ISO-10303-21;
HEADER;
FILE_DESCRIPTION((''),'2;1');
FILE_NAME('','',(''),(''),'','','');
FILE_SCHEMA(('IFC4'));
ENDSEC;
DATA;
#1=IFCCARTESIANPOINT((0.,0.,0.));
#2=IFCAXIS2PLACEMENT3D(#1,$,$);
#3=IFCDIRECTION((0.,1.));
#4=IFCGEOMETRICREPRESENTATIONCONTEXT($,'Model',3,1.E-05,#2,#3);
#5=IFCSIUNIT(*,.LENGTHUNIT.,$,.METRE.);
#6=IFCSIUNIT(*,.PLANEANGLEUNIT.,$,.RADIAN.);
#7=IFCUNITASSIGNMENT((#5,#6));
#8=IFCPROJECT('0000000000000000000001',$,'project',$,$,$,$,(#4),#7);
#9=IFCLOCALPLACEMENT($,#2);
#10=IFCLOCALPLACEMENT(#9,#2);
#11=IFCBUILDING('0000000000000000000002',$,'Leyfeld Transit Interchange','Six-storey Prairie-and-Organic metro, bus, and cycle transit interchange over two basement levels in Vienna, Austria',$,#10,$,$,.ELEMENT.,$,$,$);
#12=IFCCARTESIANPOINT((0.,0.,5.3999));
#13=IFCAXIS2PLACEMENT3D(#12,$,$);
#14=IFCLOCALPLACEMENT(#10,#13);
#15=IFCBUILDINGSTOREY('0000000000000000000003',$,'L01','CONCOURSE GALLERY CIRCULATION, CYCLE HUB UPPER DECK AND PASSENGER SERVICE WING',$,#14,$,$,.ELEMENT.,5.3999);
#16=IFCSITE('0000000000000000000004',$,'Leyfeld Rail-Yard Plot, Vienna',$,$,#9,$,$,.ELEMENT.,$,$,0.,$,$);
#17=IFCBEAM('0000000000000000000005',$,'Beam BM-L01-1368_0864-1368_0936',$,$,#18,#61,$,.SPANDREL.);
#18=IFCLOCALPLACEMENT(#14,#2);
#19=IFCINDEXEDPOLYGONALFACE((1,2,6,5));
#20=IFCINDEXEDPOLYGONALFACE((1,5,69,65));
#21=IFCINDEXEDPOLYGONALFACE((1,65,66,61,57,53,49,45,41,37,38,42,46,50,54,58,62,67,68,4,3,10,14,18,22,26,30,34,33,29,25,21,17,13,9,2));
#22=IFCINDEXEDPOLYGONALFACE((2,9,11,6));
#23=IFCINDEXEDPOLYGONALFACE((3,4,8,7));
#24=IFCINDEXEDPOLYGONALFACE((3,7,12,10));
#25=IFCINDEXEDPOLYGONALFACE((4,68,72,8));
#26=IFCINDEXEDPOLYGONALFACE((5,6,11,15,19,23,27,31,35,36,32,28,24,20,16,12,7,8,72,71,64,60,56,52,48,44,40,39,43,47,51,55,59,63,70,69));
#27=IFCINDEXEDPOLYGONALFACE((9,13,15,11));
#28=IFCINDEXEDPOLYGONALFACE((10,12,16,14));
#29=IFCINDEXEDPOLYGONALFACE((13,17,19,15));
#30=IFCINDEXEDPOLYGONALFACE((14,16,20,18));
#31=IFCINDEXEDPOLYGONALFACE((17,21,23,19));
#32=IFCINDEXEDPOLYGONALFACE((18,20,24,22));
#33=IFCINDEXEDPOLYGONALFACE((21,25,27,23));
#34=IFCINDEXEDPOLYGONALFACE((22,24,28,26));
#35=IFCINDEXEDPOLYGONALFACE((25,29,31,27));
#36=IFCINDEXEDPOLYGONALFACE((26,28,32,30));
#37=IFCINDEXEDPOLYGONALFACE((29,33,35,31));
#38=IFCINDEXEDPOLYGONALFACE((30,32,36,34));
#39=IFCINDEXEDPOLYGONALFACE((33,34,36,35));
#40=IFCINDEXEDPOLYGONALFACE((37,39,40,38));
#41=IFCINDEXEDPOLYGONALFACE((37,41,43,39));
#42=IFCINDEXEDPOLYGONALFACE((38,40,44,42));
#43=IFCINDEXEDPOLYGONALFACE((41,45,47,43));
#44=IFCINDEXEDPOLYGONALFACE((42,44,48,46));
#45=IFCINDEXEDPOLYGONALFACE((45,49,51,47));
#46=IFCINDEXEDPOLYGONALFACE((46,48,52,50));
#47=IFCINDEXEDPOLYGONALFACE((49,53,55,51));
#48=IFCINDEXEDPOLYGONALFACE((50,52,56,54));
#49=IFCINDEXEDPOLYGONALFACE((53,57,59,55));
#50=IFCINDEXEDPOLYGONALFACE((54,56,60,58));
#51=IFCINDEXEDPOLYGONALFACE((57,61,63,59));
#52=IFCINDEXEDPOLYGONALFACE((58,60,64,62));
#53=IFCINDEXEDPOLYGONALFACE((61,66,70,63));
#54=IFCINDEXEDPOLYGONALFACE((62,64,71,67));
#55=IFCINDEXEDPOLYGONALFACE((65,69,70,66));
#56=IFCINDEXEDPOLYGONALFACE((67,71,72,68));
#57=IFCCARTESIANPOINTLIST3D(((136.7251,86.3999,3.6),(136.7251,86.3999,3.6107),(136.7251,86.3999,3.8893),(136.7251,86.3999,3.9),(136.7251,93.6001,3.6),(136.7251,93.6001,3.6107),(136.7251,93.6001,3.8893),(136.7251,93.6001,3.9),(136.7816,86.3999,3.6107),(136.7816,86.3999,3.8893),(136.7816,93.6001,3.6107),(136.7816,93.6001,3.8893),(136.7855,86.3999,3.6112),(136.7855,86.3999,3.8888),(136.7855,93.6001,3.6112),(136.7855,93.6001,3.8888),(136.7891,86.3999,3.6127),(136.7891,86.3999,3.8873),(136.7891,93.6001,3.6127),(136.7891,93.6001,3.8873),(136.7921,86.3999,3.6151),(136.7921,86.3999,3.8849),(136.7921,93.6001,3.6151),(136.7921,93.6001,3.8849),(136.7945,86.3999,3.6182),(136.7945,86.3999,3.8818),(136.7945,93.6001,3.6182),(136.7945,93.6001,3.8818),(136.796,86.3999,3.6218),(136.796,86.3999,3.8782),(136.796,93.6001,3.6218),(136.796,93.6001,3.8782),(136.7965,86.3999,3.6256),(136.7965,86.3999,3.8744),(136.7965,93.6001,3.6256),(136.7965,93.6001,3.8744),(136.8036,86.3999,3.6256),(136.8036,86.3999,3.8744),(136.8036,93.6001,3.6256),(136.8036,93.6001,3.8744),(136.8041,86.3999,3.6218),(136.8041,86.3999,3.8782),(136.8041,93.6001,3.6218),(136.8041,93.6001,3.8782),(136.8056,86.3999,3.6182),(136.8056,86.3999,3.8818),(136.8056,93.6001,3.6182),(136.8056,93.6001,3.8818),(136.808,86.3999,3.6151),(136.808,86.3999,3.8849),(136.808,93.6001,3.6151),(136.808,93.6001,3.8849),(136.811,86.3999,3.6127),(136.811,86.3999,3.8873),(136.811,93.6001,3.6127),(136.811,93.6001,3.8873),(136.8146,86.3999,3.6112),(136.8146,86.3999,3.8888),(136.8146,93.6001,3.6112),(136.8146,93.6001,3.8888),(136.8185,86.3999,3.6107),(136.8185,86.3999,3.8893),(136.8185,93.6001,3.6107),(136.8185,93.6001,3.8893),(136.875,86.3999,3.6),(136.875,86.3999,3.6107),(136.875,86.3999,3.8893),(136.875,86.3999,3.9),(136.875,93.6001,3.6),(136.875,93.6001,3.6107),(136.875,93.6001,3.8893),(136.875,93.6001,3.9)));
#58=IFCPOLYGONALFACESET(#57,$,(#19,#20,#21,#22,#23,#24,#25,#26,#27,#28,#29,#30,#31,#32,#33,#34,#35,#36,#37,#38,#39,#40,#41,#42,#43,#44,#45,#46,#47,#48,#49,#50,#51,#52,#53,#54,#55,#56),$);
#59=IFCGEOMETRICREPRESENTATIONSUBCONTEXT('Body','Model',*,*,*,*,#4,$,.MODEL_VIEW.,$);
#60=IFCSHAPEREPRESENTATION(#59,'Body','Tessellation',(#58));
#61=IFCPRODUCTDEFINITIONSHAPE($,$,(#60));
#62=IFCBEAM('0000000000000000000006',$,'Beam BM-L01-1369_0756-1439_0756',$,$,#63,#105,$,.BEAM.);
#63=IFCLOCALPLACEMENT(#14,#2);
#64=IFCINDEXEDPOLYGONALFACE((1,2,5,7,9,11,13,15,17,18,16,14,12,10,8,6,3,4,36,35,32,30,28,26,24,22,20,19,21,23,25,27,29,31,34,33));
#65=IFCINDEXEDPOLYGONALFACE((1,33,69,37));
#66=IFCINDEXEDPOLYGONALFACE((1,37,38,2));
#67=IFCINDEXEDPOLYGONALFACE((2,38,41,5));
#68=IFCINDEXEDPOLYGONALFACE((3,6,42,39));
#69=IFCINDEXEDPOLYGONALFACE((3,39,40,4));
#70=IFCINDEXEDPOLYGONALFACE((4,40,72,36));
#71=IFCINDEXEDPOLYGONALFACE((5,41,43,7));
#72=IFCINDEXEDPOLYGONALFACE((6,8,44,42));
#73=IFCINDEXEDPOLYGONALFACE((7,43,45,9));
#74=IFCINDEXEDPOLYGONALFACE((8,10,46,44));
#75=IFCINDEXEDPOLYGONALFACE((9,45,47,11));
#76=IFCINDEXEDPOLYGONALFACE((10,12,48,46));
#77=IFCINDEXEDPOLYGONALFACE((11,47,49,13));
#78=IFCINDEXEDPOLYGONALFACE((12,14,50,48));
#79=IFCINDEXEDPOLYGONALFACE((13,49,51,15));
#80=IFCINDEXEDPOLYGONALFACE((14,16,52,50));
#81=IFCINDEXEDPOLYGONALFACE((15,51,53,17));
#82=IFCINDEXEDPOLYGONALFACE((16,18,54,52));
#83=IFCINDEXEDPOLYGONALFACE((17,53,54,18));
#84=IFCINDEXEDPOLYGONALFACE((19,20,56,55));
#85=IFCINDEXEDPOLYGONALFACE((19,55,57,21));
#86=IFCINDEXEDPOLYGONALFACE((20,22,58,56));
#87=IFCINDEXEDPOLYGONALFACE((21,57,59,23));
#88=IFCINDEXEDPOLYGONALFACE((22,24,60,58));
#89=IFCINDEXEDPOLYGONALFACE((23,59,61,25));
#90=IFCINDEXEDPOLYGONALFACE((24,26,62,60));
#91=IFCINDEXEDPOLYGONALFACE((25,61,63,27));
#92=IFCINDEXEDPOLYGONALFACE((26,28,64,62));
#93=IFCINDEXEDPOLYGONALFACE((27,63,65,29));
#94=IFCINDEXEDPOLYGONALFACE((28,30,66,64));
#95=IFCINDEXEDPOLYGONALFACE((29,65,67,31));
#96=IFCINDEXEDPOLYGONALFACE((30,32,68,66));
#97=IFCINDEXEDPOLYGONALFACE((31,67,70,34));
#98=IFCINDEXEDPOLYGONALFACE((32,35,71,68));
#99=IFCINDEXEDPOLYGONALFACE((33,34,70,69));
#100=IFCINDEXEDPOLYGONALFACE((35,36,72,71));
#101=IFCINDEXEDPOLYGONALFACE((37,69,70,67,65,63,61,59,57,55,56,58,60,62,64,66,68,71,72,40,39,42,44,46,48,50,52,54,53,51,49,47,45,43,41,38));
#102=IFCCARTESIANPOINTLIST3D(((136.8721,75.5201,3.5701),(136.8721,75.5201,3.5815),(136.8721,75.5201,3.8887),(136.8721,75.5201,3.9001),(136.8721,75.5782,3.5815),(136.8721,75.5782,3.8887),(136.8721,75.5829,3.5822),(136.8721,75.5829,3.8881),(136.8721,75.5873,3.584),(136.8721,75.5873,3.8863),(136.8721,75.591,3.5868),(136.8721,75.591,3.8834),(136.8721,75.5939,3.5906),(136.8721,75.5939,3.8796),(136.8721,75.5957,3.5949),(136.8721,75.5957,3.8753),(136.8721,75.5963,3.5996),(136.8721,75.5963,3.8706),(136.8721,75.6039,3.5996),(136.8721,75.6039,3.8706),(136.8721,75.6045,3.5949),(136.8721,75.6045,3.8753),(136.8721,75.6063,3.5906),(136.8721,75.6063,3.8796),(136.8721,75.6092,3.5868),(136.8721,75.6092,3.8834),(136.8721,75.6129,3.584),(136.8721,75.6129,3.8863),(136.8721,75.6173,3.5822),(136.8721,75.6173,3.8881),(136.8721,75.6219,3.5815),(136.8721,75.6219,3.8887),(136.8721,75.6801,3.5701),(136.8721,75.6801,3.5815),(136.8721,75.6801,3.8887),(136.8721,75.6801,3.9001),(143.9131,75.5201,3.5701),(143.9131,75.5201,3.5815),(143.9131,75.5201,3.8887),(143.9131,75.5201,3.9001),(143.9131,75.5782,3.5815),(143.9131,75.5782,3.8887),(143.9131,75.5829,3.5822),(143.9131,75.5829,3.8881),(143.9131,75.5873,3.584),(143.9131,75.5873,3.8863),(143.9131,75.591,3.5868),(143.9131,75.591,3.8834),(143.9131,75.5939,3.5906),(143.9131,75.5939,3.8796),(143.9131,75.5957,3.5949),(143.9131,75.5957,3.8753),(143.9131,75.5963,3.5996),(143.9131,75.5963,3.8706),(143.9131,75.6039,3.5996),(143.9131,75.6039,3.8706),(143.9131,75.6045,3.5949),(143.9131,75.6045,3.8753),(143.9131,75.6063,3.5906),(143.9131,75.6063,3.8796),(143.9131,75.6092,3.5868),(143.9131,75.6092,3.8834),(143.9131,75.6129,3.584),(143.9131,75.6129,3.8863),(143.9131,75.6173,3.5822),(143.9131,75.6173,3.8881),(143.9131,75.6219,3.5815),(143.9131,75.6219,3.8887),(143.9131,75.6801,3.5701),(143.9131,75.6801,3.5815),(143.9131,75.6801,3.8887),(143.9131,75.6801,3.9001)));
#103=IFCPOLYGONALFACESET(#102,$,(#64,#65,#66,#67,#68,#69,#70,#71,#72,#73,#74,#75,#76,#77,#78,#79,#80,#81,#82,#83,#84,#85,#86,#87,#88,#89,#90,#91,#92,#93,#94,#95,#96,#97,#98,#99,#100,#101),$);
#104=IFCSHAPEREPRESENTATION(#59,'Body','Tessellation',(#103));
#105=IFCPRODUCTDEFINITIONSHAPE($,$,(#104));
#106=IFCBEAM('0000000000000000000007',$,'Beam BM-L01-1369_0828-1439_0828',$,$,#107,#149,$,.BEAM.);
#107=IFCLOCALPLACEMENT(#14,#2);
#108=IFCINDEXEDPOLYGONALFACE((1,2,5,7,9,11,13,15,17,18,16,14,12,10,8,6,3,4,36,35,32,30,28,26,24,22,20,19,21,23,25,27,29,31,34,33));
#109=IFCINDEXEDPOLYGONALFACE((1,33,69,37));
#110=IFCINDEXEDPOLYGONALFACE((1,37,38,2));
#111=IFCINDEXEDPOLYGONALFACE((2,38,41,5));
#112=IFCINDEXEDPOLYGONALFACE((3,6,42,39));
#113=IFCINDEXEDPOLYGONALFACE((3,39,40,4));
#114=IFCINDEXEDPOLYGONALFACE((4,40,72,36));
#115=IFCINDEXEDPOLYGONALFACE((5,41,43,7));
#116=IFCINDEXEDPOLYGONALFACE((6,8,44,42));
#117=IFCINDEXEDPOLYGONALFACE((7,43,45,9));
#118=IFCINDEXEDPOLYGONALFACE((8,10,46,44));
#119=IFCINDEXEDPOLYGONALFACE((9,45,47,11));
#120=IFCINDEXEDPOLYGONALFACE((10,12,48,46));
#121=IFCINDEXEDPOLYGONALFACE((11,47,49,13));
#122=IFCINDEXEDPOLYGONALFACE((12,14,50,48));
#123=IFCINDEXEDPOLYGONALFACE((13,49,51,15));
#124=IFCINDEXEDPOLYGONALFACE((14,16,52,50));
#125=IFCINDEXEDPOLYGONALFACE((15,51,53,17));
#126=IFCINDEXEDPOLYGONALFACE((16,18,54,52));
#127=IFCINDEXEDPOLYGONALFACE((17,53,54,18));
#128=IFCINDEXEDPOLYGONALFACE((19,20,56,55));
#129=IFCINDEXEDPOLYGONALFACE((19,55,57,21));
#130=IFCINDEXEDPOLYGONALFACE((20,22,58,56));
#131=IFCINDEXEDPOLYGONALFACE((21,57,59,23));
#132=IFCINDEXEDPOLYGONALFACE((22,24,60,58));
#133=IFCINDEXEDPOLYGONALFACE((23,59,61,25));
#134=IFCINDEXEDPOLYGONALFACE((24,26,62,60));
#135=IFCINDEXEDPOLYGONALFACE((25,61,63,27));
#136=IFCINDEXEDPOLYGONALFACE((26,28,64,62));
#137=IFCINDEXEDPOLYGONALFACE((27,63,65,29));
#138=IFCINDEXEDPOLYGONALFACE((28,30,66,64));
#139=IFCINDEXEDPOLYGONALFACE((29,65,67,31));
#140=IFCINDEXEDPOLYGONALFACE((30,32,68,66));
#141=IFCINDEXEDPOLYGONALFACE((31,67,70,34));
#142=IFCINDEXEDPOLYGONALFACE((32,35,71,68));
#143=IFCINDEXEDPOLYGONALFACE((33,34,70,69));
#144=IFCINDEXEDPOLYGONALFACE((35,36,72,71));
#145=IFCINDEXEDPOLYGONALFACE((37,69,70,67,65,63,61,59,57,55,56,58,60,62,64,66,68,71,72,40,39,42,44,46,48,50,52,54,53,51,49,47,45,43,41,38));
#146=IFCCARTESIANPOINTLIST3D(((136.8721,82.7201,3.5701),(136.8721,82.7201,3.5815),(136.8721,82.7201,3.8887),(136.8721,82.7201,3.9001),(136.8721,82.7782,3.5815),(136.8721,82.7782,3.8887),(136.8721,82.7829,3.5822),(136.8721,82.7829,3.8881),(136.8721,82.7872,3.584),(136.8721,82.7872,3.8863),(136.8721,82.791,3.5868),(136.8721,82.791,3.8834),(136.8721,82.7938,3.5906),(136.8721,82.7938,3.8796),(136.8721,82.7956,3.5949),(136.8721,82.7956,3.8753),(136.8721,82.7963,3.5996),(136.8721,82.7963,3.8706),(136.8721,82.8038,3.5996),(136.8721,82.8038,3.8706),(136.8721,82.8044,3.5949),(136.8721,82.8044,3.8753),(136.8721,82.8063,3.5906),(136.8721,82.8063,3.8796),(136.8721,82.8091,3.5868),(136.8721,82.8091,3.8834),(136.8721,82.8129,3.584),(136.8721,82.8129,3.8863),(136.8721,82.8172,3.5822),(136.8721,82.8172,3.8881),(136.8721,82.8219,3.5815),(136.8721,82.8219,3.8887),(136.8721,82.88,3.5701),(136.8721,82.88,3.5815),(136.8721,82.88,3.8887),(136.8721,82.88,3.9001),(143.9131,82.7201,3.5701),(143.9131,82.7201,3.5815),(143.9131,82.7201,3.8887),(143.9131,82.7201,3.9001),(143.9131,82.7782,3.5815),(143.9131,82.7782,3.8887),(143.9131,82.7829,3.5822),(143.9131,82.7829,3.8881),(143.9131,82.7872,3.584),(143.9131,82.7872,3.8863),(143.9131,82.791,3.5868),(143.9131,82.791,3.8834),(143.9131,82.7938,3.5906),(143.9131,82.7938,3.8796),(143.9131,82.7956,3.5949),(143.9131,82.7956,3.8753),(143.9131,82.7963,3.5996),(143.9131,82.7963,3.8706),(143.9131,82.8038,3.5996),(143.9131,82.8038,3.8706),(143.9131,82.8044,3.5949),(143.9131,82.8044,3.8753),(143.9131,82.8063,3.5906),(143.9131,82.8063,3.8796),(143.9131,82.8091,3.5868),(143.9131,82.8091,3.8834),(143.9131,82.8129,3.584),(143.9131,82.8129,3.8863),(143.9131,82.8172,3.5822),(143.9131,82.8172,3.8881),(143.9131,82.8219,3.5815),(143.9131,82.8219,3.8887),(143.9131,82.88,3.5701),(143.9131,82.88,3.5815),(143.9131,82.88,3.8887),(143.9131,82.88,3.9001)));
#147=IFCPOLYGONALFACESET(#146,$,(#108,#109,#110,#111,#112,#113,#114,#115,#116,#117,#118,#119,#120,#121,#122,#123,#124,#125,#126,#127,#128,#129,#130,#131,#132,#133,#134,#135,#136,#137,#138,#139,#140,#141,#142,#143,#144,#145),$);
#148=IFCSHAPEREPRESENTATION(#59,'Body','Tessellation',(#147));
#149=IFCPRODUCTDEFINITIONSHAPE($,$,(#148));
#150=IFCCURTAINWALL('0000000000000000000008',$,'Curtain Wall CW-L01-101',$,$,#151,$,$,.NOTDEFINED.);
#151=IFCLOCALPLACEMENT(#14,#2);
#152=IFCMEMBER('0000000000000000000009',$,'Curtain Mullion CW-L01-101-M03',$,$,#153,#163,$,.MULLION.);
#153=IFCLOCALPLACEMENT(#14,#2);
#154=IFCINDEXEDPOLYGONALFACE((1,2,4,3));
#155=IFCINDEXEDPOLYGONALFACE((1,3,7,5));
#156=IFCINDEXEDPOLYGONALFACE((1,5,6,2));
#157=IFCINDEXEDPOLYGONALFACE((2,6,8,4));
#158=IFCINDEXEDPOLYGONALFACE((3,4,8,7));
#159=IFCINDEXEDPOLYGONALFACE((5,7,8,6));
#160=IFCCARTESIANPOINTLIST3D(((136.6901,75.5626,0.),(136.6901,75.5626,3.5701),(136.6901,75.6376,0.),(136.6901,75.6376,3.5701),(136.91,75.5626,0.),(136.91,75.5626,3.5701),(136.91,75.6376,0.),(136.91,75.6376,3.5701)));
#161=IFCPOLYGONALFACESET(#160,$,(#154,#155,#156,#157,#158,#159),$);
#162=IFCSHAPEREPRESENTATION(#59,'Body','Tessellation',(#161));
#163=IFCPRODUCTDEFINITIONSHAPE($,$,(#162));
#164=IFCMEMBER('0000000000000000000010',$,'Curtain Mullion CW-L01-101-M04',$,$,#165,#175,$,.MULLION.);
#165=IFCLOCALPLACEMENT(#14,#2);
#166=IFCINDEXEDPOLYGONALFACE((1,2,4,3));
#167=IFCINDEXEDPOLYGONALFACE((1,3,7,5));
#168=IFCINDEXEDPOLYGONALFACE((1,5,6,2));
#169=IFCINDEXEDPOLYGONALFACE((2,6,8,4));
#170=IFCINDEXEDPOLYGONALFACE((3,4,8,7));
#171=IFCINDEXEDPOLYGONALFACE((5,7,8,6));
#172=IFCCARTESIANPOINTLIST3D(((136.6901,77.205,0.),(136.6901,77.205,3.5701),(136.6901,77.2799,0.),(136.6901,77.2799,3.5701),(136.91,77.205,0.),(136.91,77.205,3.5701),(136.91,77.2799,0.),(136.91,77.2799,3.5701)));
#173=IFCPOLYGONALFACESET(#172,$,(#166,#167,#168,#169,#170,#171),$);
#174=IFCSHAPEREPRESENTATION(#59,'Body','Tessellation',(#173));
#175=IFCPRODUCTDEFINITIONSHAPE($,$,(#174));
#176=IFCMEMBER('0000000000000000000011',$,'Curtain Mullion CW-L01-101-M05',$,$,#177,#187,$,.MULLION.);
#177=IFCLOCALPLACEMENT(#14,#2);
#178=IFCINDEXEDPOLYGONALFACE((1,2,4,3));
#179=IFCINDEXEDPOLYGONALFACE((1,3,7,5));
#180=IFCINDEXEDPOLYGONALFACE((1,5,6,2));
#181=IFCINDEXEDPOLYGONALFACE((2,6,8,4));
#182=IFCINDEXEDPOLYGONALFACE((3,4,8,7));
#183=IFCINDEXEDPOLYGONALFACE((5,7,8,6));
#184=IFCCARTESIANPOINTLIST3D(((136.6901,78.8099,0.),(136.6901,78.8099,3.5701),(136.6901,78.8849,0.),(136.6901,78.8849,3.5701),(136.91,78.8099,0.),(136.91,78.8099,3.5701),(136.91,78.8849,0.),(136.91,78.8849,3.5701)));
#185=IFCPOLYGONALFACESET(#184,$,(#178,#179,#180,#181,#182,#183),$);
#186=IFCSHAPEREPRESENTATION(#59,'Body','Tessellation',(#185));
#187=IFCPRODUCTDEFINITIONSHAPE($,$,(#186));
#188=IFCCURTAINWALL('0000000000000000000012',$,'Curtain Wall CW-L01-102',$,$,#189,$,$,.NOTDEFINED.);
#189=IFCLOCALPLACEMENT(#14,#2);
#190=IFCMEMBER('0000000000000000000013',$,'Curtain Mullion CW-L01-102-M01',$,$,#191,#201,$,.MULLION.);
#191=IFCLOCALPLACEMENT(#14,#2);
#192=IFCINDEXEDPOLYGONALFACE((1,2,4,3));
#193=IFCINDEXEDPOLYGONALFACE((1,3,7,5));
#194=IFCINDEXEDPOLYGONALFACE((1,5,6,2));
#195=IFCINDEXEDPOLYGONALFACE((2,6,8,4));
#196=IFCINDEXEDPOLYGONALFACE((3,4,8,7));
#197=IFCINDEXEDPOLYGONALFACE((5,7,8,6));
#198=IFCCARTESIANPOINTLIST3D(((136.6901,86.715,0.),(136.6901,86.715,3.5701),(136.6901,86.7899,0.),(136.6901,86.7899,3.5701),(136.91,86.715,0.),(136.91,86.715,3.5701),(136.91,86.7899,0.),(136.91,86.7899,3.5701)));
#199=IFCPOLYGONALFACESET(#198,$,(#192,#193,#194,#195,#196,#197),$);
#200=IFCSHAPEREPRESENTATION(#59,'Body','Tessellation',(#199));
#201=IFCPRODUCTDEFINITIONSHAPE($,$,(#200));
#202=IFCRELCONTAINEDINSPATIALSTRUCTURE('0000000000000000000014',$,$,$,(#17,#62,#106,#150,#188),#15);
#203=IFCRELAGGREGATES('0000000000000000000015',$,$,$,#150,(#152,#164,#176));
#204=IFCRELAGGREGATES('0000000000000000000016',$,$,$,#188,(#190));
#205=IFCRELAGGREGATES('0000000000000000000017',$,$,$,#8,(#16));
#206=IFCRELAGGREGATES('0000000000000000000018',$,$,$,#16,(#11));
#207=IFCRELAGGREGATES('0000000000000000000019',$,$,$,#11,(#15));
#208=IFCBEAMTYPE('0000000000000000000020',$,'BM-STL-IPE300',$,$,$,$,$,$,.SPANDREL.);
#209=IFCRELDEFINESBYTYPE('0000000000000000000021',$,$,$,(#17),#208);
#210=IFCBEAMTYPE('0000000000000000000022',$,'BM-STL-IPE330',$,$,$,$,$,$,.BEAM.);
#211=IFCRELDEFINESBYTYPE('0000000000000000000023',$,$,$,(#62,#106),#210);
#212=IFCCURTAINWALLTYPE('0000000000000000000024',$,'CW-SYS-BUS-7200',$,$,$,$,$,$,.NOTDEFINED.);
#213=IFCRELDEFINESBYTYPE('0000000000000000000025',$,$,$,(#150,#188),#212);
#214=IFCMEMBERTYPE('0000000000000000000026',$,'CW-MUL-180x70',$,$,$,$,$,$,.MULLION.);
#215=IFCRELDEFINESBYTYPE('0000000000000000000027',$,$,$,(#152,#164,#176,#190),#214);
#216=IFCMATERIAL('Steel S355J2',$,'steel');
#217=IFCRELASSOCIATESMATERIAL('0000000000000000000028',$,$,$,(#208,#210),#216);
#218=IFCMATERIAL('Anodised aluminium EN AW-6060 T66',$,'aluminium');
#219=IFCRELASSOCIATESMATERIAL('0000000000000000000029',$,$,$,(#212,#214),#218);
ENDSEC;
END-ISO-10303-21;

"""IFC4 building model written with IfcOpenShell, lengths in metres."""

from ifc_helpers import new_model, si_unit, direction, frame, origin, origin_2d, place, context, subcontext, project, spatial, rectangle, i_section, extrude, material, material_profile, profile_set, type_object, element, aggregate, save


model = new_model("IFC4")

# Units and contexts
model_context = context("Model", 3, precision=1e-05, world=origin(), true_north=direction((0.0, 1.0)))
body_context = subcontext(model_context, "Body", "Model", "MODEL_VIEW")
ifc_project = project(units=[si_unit("LENGTHUNIT", "METRE"), si_unit("PLANEANGLEUNIT", "RADIAN")], contexts=[model_context])

# Site, building, storey
site_placement = place(None, origin())
site = spatial("IfcSite", under=ifc_project, at=site_placement, Name="Leyfeld Rail-Yard Plot, Vienna", CompositionType="ELEMENT", RefElevation=0.0)
building_placement = place(site_placement, origin())
building = spatial("IfcBuilding", under=site, at=building_placement, Name="Leyfeld Transit Interchange", Description="Six-storey Prairie-and-Organic metro, bus, and cycle transit interchange over two basement levels in Vienna, Austria", CompositionType="ELEMENT")
storey_placement = place(building_placement, frame((0.0, 0.0, 5.3999)))
storey = spatial("IfcBuildingStorey", under=building, at=storey_placement, Name="L01", Description="CONCOURSE GALLERY CIRCULATION, CYCLE HUB UPPER DECK AND PASSENGER SERVICE WING", CompositionType="ELEMENT", Elevation=5.3999)

# Beams
ifc_material_1 = material(Name="Steel S355J2", Category="steel")
ifc_material_profile_1 = material_profile(ifc_material_1, i_section(OverallWidth=0.1499, OverallDepth=0.3, WebThickness=0.0071, FlangeThickness=0.0107, FilletRadius=0.0149, at=origin_2d()), Name="IPE 300")
ifc_profile_set_1 = profile_set([ifc_material_profile_1], Name="Steel S355J2")
beam_type_1 = type_object("IfcBeamType", Name="BM-STL-IPE300", PredefinedType="SPANDREL", material=ifc_profile_set_1)
beam_1_placement = place(storey_placement, frame((136.8, 86.3999, 3.75), z_axis=(0.0, 1.0, 0.0), x_axis=(-1.0, 0.0, 0.0)))
element("IfcBeam", 1, at=beam_1_placement, inside=storey, type_object=beam_type_1, Name="Beam BM-L01-1368_0864-1368_0936", PredefinedType="SPANDREL", context=body_context, shape_type="SweptSolid", body=[
    extrude(i_section(OverallWidth=0.1499, OverallDepth=0.3, WebThickness=0.0071, FlangeThickness=0.0107, FilletRadius=0.0149, at=origin_2d()), origin(), (0.0, 0.0, 1.0), 7.2002),
])
ifc_material_profile_2 = material_profile(ifc_material_1, i_section(OverallWidth=0.1599, OverallDepth=0.3301, WebThickness=0.0076, FlangeThickness=0.0115, FilletRadius=0.0181, at=origin_2d()), Name="IPE 330")
ifc_profile_set_2 = profile_set([ifc_material_profile_2], Name="Steel S355J2")
beam_type_2 = type_object("IfcBeamType", Name="BM-STL-IPE330", PredefinedType="BEAM", material=ifc_profile_set_2)
for number, where, z_axis, x_axis, name in (
    (2, (136.8721, 75.6001, 3.7351), (1.0, 0.0, 0.0), (0.0, 1.0, 0.0), "Beam BM-L01-1369_0756-1439_0756"),
    (3, (136.8721, 82.8, 3.7351), (1.0, 0.0, 0.0), (0.0, 1.0, 0.0), "Beam BM-L01-1369_0828-1439_0828"),
):
    element("IfcBeam", number, at=place(storey_placement, frame(where, z_axis=z_axis, x_axis=x_axis)), inside=storey, type_object=beam_type_2, Name=name, PredefinedType="BEAM", context=body_context, shape_type="SweptSolid", body=[
        extrude(i_section(OverallWidth=0.1599, OverallDepth=0.3301, WebThickness=0.0076, FlangeThickness=0.0115, FilletRadius=0.0181, at=origin_2d()), origin(), (0.0, 0.0, 1.0), 7.041),
    ])

# Curtain walls, members
ifc_material_2 = material(Name="Anodised aluminium EN AW-6060 T66", Category="aluminium")
curtain_wall_type = type_object("IfcCurtainWallType", Name="CW-SYS-BUS-7200", PredefinedType="NOTDEFINED", material=ifc_material_2)
curtain_wall_1_placement = place(storey_placement, origin())
curtain_wall_1 = element("IfcCurtainWall", 4, at=curtain_wall_1_placement, inside=storey, type_object=curtain_wall_type, Name="Curtain Wall CW-L01-101", PredefinedType="NOTDEFINED")
ifc_material_profile_3 = material_profile(ifc_material_2, rectangle(XDim=0.075, YDim=0.22, at=origin_2d()), Name="CW-M 75x220")
ifc_profile_set_3 = profile_set([ifc_material_profile_3], Name="Anodised aluminium EN AW-6060 T66")
member_type_1 = type_object("IfcMemberType", Name="CW-MUL-180x70", PredefinedType="MULLION", material=ifc_profile_set_3)
member_1_placement = place(storey_placement, frame((136.8, 75.6001, 0.0), z_axis=(0.0, 0.0, 1.0), x_axis=(0.0, 1.0, 0.0)))
member_1 = element("IfcMember", 5, at=member_1_placement, type_object=member_type_1, Name="Curtain Mullion CW-L01-101-M03", PredefinedType="MULLION", context=body_context, shape_type="SweptSolid", body=[
    extrude(rectangle(XDim=0.075, YDim=0.22, at=origin_2d()), origin(), (0.0, 0.0, 1.0), 3.5701),
])
member_2_placement = place(storey_placement, frame((136.8, 77.2424, 0.0), z_axis=(0.0, 0.0, 1.0), x_axis=(0.0, 1.0, 0.0)))
member_2 = element("IfcMember", 6, at=member_2_placement, type_object=member_type_1, Name="Curtain Mullion CW-L01-101-M04", PredefinedType="MULLION", context=body_context, shape_type="SweptSolid", body=[
    extrude(rectangle(XDim=0.075, YDim=0.22, at=origin_2d()), origin(), (0.0, 0.0, 1.0), 3.5701),
])
member_3_placement = place(storey_placement, frame((136.8, 78.8474, 0.0), z_axis=(0.0, 0.0, 1.0), x_axis=(0.0, 1.0, 0.0)))
member_3 = element("IfcMember", 7, at=member_3_placement, type_object=member_type_1, Name="Curtain Mullion CW-L01-101-M05", PredefinedType="MULLION", context=body_context, shape_type="SweptSolid", body=[
    extrude(rectangle(XDim=0.075, YDim=0.22, at=origin_2d()), origin(), (0.0, 0.0, 1.0), 3.5701),
])
curtain_wall_2_placement = place(storey_placement, origin())
curtain_wall_2 = element("IfcCurtainWall", 8, at=curtain_wall_2_placement, inside=storey, type_object=curtain_wall_type, Name="Curtain Wall CW-L01-102", PredefinedType="NOTDEFINED")
member_4_placement = place(storey_placement, frame((136.8, 86.7524, 0.0), z_axis=(0.0, 0.0, 1.0), x_axis=(0.0, 1.0, 0.0)))
member_4 = element("IfcMember", 9, at=member_4_placement, type_object=member_type_1, Name="Curtain Mullion CW-L01-102-M01", PredefinedType="MULLION", context=body_context, shape_type="SweptSolid", body=[
    extrude(rectangle(XDim=0.075, YDim=0.22, at=origin_2d()), origin(), (0.0, 0.0, 1.0), 3.5701),
])

aggregate(curtain_wall_1, [member_1, member_2, member_3])
aggregate(curtain_wall_2, [member_4])

save(model, "model.ifc")
